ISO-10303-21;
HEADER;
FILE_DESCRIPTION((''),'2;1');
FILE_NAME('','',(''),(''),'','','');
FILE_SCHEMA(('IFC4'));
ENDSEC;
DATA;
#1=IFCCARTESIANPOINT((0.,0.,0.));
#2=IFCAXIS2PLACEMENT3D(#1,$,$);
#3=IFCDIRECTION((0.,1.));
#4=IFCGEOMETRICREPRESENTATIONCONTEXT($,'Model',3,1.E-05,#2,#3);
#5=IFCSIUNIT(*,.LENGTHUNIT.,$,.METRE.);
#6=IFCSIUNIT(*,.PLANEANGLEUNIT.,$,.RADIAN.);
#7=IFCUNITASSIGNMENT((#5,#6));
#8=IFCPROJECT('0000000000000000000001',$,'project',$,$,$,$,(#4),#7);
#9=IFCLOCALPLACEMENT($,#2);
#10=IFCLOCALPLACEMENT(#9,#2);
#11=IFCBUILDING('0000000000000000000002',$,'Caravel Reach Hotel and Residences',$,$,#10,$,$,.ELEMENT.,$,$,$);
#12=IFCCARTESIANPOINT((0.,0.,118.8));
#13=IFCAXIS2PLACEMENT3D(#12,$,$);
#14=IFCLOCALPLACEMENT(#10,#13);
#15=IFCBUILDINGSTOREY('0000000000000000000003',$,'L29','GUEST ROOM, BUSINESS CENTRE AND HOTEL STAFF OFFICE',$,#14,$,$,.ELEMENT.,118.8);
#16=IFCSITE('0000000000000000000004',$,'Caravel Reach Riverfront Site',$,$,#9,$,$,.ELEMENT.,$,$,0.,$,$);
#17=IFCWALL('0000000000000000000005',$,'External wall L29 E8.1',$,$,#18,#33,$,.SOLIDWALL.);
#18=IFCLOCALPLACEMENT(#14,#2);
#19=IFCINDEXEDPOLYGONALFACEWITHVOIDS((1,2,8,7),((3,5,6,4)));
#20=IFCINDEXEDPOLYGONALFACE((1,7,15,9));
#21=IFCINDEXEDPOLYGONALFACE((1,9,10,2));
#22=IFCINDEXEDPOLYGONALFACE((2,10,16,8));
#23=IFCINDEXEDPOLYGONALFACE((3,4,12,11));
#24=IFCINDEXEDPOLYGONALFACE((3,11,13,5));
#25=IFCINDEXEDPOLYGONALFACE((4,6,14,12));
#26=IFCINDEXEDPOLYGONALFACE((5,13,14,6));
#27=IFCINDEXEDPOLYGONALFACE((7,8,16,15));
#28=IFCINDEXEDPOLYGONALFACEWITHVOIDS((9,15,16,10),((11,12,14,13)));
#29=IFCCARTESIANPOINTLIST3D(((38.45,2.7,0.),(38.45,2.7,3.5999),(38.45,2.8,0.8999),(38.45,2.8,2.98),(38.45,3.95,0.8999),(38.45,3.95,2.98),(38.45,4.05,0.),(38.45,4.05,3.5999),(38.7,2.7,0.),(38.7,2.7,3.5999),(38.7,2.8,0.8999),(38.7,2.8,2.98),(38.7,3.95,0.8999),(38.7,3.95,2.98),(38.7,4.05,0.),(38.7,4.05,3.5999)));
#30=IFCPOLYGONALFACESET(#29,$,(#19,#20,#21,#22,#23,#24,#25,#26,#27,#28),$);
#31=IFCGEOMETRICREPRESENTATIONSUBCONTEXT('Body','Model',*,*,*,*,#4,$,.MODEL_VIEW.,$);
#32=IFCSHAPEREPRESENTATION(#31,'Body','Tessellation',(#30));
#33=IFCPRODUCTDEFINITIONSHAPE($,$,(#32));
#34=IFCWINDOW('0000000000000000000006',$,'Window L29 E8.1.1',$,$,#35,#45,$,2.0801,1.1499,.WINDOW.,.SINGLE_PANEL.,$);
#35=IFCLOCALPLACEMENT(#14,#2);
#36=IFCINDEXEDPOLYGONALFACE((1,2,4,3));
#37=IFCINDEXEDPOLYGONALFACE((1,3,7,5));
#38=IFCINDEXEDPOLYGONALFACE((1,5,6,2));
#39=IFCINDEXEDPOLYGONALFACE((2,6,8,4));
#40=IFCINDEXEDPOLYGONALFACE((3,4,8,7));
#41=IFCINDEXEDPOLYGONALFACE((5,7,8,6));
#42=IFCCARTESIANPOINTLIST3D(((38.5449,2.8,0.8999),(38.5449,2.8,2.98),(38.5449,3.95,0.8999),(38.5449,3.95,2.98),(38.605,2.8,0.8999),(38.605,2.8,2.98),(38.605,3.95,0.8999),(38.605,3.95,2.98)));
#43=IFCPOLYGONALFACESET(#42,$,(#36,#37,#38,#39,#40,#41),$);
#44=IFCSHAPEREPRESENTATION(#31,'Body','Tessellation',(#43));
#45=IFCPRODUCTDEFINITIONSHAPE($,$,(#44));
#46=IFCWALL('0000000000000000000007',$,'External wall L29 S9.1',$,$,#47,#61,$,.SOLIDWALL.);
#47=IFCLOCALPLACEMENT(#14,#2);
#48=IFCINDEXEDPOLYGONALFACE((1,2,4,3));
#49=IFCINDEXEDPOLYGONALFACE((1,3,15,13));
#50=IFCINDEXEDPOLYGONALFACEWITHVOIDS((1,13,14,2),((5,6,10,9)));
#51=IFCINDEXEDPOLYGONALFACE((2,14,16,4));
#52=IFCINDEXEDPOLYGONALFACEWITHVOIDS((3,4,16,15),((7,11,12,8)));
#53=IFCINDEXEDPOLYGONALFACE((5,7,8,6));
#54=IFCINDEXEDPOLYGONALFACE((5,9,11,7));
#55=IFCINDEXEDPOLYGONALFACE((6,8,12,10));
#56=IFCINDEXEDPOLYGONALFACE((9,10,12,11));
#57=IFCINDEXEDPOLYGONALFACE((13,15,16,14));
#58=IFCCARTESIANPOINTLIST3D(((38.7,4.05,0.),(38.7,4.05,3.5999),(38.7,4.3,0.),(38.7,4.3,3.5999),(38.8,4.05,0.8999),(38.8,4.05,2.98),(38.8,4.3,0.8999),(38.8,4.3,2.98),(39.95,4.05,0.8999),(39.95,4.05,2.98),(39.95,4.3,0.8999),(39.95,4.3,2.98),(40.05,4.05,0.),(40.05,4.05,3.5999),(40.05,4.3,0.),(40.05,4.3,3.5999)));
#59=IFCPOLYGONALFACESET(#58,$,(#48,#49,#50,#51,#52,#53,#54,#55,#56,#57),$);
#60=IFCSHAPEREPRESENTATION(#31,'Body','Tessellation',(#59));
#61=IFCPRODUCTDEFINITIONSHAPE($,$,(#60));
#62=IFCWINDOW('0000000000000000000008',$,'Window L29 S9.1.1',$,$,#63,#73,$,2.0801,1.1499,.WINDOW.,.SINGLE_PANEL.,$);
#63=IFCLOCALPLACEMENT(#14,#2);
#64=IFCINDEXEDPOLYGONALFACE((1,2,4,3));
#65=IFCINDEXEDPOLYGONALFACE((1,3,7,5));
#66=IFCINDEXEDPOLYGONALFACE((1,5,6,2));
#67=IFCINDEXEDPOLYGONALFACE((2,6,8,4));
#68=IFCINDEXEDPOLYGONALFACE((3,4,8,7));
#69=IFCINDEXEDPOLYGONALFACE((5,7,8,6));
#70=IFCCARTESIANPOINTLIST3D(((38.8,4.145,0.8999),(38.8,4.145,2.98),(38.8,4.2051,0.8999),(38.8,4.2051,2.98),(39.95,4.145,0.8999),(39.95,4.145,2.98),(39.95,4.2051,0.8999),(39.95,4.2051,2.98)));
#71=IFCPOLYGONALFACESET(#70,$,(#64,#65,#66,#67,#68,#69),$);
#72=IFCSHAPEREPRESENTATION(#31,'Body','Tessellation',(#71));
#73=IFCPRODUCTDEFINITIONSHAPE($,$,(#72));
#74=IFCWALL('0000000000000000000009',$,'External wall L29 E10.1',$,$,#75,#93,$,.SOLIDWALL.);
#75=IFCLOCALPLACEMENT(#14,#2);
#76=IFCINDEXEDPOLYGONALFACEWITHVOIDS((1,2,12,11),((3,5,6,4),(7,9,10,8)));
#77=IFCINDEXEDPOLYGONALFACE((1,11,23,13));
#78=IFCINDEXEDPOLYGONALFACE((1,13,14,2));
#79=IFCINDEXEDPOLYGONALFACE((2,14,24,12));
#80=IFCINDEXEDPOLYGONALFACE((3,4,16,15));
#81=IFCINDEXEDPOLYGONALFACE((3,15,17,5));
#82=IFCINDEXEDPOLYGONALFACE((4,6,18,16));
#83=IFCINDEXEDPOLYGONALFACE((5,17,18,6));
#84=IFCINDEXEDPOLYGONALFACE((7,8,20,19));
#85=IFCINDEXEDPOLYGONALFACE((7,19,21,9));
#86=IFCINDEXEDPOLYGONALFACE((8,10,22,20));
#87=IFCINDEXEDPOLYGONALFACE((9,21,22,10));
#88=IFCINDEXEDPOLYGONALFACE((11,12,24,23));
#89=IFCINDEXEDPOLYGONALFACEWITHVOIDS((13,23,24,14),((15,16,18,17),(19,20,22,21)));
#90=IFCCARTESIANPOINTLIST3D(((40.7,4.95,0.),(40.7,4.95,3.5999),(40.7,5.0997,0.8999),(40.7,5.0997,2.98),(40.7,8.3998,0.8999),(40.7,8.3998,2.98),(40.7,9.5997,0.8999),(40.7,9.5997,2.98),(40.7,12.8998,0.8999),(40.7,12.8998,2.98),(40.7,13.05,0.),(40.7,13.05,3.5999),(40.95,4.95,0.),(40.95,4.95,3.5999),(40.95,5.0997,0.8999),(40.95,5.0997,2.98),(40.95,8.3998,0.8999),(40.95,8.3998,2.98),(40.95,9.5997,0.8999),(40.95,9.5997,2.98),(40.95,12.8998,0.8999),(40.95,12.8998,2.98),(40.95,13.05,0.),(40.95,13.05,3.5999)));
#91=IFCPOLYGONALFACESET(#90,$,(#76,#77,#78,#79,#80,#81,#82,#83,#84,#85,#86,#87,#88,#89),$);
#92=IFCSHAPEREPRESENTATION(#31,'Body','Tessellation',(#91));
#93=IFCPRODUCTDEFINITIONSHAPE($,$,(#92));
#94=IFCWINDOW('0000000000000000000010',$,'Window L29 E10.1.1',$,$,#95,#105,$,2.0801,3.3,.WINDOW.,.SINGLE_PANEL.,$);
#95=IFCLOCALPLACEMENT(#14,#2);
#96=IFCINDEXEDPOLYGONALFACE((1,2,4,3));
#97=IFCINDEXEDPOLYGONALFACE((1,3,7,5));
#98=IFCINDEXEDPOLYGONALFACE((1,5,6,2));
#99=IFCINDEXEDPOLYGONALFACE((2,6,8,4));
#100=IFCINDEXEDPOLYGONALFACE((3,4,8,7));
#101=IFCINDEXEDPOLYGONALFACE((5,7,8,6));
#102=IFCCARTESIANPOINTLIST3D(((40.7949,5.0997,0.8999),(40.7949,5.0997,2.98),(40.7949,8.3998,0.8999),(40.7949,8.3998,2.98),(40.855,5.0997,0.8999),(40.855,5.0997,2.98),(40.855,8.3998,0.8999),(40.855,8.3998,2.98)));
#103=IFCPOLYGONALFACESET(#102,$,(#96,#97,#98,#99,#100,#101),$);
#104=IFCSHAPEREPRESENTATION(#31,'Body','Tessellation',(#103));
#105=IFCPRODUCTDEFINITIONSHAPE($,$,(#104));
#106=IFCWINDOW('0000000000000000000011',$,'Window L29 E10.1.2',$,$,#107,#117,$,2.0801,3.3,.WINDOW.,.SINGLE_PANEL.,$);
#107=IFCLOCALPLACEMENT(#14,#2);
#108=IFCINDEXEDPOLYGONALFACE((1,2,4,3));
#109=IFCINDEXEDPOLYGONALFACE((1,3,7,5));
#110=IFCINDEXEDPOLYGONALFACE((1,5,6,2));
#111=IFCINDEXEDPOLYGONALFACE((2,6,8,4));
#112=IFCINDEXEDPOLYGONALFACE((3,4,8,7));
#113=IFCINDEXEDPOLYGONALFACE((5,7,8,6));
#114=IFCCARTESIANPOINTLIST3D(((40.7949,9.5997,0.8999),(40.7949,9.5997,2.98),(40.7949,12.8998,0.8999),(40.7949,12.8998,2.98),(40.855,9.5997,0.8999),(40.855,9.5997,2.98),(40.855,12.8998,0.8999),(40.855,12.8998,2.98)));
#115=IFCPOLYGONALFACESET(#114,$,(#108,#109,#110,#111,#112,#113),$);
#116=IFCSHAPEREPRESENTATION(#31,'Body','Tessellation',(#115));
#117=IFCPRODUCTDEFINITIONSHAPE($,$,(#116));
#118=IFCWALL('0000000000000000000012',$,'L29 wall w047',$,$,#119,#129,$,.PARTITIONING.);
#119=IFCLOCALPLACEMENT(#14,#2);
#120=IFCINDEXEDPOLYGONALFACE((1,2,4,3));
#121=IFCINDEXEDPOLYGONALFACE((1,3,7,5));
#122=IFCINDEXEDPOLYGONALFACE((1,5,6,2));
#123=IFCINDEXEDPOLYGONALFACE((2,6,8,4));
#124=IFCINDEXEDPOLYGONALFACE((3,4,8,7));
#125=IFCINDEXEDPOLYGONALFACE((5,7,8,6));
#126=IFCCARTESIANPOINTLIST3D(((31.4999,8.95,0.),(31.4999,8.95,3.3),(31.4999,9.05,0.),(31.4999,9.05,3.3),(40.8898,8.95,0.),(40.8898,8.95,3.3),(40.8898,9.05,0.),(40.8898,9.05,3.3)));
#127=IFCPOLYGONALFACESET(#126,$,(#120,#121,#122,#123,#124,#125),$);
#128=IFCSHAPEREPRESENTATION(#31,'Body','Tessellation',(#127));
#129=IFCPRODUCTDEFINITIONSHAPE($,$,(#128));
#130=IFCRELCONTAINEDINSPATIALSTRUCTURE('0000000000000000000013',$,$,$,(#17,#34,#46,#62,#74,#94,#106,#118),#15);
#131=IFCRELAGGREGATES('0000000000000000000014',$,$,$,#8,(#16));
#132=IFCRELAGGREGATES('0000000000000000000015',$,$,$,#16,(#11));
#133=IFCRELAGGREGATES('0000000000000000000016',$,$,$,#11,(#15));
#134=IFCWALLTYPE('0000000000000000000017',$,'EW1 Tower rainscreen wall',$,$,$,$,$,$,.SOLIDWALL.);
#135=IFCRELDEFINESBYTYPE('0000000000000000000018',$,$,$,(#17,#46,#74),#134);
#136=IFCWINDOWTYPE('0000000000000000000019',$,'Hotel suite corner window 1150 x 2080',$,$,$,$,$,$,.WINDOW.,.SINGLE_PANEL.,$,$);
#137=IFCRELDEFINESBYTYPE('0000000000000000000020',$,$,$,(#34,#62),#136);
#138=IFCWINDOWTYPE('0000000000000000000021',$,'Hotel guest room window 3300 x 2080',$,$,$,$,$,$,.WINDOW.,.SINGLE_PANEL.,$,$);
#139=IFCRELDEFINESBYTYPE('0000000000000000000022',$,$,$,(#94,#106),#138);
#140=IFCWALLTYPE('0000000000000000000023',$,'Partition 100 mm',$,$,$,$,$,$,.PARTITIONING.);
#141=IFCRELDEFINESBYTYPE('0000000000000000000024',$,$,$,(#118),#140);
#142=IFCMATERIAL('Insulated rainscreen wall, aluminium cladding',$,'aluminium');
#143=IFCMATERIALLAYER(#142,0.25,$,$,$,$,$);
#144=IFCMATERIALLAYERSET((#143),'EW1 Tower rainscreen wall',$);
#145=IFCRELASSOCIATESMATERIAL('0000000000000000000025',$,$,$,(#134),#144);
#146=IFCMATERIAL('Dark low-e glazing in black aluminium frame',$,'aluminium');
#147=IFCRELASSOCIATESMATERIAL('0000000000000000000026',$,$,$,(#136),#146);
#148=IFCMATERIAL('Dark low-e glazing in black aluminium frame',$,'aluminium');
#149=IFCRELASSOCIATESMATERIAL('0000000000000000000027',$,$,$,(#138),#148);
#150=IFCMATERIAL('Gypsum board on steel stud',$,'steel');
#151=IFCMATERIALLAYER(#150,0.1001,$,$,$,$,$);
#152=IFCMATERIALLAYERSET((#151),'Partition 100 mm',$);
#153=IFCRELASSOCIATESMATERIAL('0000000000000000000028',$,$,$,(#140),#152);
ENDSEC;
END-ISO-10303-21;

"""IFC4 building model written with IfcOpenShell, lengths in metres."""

from ifc_helpers import new_model, si_unit, direction, frame, frame_2d, origin, place, context, subcontext, project, spatial, rectangle, extrude, material, layer, layer_set, type_object, element, fill, save


model = new_model("IFC4")

# Units and contexts
model_context = context("Model", 3, precision=1e-05, world=origin(), true_north=direction((0.0, 1.0)))
body_context = subcontext(model_context, "Body", "Model", "MODEL_VIEW")
ifc_project = project(units=[si_unit("LENGTHUNIT", "METRE"), si_unit("PLANEANGLEUNIT", "RADIAN")], contexts=[model_context])

# Site, building, storey
site_placement = place(None, origin())
site = spatial("IfcSite", under=ifc_project, at=site_placement, Name="Caravel Reach Riverfront Site", CompositionType="ELEMENT", RefElevation=0.0)
building_placement = place(site_placement, origin())
building = spatial("IfcBuilding", under=site, at=building_placement, Name="Caravel Reach Hotel and Residences", CompositionType="ELEMENT")
storey_placement = place(building_placement, frame((0.0, 0.0, 118.8)))
storey = spatial("IfcBuildingStorey", under=building, at=storey_placement, Name="L29", Description="GUEST ROOM, BUSINESS CENTRE AND HOTEL STAFF OFFICE", CompositionType="ELEMENT", Elevation=118.8)

# Walls, openings, windows
ifc_material_1 = material(Name="Insulated rainscreen wall, aluminium cladding", Category="aluminium")
ifc_layer_1 = layer(ifc_material_1, 0.25)
ifc_layer_set_1 = layer_set([ifc_layer_1], Name="EW1 Tower rainscreen wall")
wall_type_1 = type_object("IfcWallType", Name="EW1 Tower rainscreen wall", PredefinedType="SOLIDWALL", material=ifc_layer_set_1)
ifc_material_2 = material(Name="Dark low-e glazing in black aluminium frame", Category="aluminium")
window_type_1 = type_object("IfcWindowType", Name="Hotel suite corner window 1150 x 2080", PartitioningType="SINGLE_PANEL", PredefinedType="WINDOW", material=ifc_material_2)
wall_1_placement = place(storey_placement, frame((38.575, 2.7, 0.0), z_axis=(0.0, 0.0, 1.0), x_axis=(0.0, 1.0, 0.0)))
wall_1 = element("IfcWall", 1, at=wall_1_placement, inside=storey, type_object=wall_type_1, Name="External wall L29 E8.1", PredefinedType="SOLIDWALL", context=body_context, shape_type="SweptSolid", body=[
    extrude(rectangle(XDim=1.3501, YDim=0.25, at=frame_2d((0.675, 0.0))), origin(), (0.0, 0.0, 1.0), 3.5999),
])
opening_1_placement = place(wall_1_placement, frame((0.1001, 0.0, 0.8999)))
opening_1 = element("IfcOpeningElement", 2, at=opening_1_placement, cuts=wall_1, PredefinedType="OPENING", context=body_context, shape_type="SweptSolid", body=[
    extrude(rectangle(XDim=1.1499, YDim=2.0801, at=frame_2d((0.575, 1.04))), frame((0.0, 0.135, 0.0), z_axis=(0.0, -1.0, 0.0), x_axis=(1.0, 0.0, 0.0)), (0.0, 0.0, 1.0), 0.27),
])
window_1_placement = place(opening_1_placement, origin())
window_1 = element("IfcWindow", 3, at=window_1_placement, inside=storey, type_object=window_type_1, Name="Window L29 E8.1.1", OverallHeight=2.0801, OverallWidth=1.1499, PartitioningType="SINGLE_PANEL", PredefinedType="WINDOW", context=body_context, shape_type="SweptSolid", body=[
    extrude(rectangle(XDim=1.1499, YDim=2.0801, at=frame_2d((0.575, 1.04))), frame((0.0, 0.03, 0.0), z_axis=(0.0, -1.0, 0.0), x_axis=(1.0, 0.0, 0.0)), (0.0, 0.0, 1.0), 0.0601),
])
fill(opening_1, window_1)
wall_2_placement = place(storey_placement, frame((38.7, 4.175, 0.0), z_axis=(0.0, 0.0, 1.0), x_axis=(1.0, 0.0, 0.0)))
wall_2 = element("IfcWall", 4, at=wall_2_placement, inside=storey, type_object=wall_type_1, Name="External wall L29 S9.1", PredefinedType="SOLIDWALL", context=body_context, shape_type="SweptSolid", body=[
    extrude(rectangle(XDim=1.3501, YDim=0.25, at=frame_2d((0.675, 0.0))), origin(), (0.0, 0.0, 1.0), 3.5999),
])
opening_2_placement = place(wall_2_placement, frame((0.1001, 0.0, 0.8999)))
opening_2 = element("IfcOpeningElement", 5, at=opening_2_placement, cuts=wall_2, PredefinedType="OPENING", context=body_context, shape_type="SweptSolid", body=[
    extrude(rectangle(XDim=1.1499, YDim=2.0801, at=frame_2d((0.575, 1.04))), frame((0.0, 0.135, 0.0), z_axis=(0.0, -1.0, 0.0), x_axis=(1.0, 0.0, 0.0)), (0.0, 0.0, 1.0), 0.27),
])
window_2_placement = place(opening_2_placement, origin())
window_2 = element("IfcWindow", 6, at=window_2_placement, inside=storey, type_object=window_type_1, Name="Window L29 S9.1.1", OverallHeight=2.0801, OverallWidth=1.1499, PartitioningType="SINGLE_PANEL", PredefinedType="WINDOW", context=body_context, shape_type="SweptSolid", body=[
    extrude(rectangle(XDim=1.1499, YDim=2.0801, at=frame_2d((0.575, 1.04))), frame((0.0, 0.03, 0.0), z_axis=(0.0, -1.0, 0.0), x_axis=(1.0, 0.0, 0.0)), (0.0, 0.0, 1.0), 0.0601),
])
fill(opening_2, window_2)

# Wall, openings, windows
wall_3_placement = place(storey_placement, frame((40.825, 4.95, 0.0), z_axis=(0.0, 0.0, 1.0), x_axis=(0.0, 1.0, 0.0)))
wall_3 = element("IfcWall", 7, at=wall_3_placement, inside=storey, type_object=wall_type_1, Name="External wall L29 E10.1", PredefinedType="SOLIDWALL", context=body_context, shape_type="SweptSolid", body=[
    extrude(rectangle(XDim=8.1001, YDim=0.25, at=frame_2d((4.05, 0.0))), origin(), (0.0, 0.0, 1.0), 3.5999),
])
opening_3_placement = place(wall_3_placement, frame((0.1499, 0.0, 0.8999)))
opening_3 = element("IfcOpeningElement", 8, at=opening_3_placement, cuts=wall_3, PredefinedType="OPENING", context=body_context, shape_type="SweptSolid", body=[
    extrude(rectangle(XDim=3.3, YDim=2.0801, at=frame_2d((1.6499, 1.04))), frame((0.0, 0.135, 0.0), z_axis=(0.0, -1.0, 0.0), x_axis=(1.0, 0.0, 0.0)), (0.0, 0.0, 1.0), 0.27),
])
opening_4_placement = place(wall_3_placement, frame((4.6499, 0.0, 0.8999)))
opening_4 = element("IfcOpeningElement", 9, at=opening_4_placement, cuts=wall_3, PredefinedType="OPENING", context=body_context, shape_type="SweptSolid", body=[
    extrude(rectangle(XDim=3.3, YDim=2.0801, at=frame_2d((1.6499, 1.04))), frame((0.0, 0.135, 0.0), z_axis=(0.0, -1.0, 0.0), x_axis=(1.0, 0.0, 0.0)), (0.0, 0.0, 1.0), 0.27),
])
ifc_material_3 = material(Name="Dark low-e glazing in black aluminium frame", Category="aluminium")
window_type_2 = type_object("IfcWindowType", Name="Hotel guest room window 3300 x 2080", PartitioningType="SINGLE_PANEL", PredefinedType="WINDOW", material=ifc_material_3)
window_3_placement = place(opening_3_placement, origin())
window_3 = element("IfcWindow", 10, at=window_3_placement, inside=storey, type_object=window_type_2, Name="Window L29 E10.1.1", OverallHeight=2.0801, OverallWidth=3.3, PartitioningType="SINGLE_PANEL", PredefinedType="WINDOW", context=body_context, shape_type="SweptSolid", body=[
    extrude(rectangle(XDim=3.3, YDim=2.0801, at=frame_2d((1.6499, 1.04))), frame((0.0, 0.03, 0.0), z_axis=(0.0, -1.0, 0.0), x_axis=(1.0, 0.0, 0.0)), (0.0, 0.0, 1.0), 0.0601),
])
fill(opening_3, window_3)
window_4_placement = place(opening_4_placement, origin())
window_4 = element("IfcWindow", 11, at=window_4_placement, inside=storey, type_object=window_type_2, Name="Window L29 E10.1.2", OverallHeight=2.0801, OverallWidth=3.3, PartitioningType="SINGLE_PANEL", PredefinedType="WINDOW", context=body_context, shape_type="SweptSolid", body=[
    extrude(rectangle(XDim=3.3, YDim=2.0801, at=frame_2d((1.6499, 1.04))), frame((0.0, 0.03, 0.0), z_axis=(0.0, -1.0, 0.0), x_axis=(1.0, 0.0, 0.0)), (0.0, 0.0, 1.0), 0.0601),
])
fill(opening_4, window_4)

# Wall
ifc_material_4 = material(Name="Gypsum board on steel stud", Category="steel")
ifc_layer_2 = layer(ifc_material_4, 0.1001)
ifc_layer_set_2 = layer_set([ifc_layer_2], Name="Partition 100 mm")
wall_type_2 = type_object("IfcWallType", Name="Partition 100 mm", PredefinedType="PARTITIONING", material=ifc_layer_set_2)
wall_4_placement = place(storey_placement, frame((31.5, 9.0, 0.0), z_axis=(0.0, 0.0, 1.0), x_axis=(1.0, 0.0, 0.0)))
element("IfcWall", 12, at=wall_4_placement, inside=storey, type_object=wall_type_2, Name="L29 wall w047", PredefinedType="PARTITIONING", context=body_context, shape_type="SweptSolid", body=[
    extrude(rectangle(XDim=9.3899, YDim=0.1001, at=frame_2d((4.6948, 0.0))), origin(), (0.0, 0.0, 1.0), 3.3),
])

save(model, "model.ifc")
